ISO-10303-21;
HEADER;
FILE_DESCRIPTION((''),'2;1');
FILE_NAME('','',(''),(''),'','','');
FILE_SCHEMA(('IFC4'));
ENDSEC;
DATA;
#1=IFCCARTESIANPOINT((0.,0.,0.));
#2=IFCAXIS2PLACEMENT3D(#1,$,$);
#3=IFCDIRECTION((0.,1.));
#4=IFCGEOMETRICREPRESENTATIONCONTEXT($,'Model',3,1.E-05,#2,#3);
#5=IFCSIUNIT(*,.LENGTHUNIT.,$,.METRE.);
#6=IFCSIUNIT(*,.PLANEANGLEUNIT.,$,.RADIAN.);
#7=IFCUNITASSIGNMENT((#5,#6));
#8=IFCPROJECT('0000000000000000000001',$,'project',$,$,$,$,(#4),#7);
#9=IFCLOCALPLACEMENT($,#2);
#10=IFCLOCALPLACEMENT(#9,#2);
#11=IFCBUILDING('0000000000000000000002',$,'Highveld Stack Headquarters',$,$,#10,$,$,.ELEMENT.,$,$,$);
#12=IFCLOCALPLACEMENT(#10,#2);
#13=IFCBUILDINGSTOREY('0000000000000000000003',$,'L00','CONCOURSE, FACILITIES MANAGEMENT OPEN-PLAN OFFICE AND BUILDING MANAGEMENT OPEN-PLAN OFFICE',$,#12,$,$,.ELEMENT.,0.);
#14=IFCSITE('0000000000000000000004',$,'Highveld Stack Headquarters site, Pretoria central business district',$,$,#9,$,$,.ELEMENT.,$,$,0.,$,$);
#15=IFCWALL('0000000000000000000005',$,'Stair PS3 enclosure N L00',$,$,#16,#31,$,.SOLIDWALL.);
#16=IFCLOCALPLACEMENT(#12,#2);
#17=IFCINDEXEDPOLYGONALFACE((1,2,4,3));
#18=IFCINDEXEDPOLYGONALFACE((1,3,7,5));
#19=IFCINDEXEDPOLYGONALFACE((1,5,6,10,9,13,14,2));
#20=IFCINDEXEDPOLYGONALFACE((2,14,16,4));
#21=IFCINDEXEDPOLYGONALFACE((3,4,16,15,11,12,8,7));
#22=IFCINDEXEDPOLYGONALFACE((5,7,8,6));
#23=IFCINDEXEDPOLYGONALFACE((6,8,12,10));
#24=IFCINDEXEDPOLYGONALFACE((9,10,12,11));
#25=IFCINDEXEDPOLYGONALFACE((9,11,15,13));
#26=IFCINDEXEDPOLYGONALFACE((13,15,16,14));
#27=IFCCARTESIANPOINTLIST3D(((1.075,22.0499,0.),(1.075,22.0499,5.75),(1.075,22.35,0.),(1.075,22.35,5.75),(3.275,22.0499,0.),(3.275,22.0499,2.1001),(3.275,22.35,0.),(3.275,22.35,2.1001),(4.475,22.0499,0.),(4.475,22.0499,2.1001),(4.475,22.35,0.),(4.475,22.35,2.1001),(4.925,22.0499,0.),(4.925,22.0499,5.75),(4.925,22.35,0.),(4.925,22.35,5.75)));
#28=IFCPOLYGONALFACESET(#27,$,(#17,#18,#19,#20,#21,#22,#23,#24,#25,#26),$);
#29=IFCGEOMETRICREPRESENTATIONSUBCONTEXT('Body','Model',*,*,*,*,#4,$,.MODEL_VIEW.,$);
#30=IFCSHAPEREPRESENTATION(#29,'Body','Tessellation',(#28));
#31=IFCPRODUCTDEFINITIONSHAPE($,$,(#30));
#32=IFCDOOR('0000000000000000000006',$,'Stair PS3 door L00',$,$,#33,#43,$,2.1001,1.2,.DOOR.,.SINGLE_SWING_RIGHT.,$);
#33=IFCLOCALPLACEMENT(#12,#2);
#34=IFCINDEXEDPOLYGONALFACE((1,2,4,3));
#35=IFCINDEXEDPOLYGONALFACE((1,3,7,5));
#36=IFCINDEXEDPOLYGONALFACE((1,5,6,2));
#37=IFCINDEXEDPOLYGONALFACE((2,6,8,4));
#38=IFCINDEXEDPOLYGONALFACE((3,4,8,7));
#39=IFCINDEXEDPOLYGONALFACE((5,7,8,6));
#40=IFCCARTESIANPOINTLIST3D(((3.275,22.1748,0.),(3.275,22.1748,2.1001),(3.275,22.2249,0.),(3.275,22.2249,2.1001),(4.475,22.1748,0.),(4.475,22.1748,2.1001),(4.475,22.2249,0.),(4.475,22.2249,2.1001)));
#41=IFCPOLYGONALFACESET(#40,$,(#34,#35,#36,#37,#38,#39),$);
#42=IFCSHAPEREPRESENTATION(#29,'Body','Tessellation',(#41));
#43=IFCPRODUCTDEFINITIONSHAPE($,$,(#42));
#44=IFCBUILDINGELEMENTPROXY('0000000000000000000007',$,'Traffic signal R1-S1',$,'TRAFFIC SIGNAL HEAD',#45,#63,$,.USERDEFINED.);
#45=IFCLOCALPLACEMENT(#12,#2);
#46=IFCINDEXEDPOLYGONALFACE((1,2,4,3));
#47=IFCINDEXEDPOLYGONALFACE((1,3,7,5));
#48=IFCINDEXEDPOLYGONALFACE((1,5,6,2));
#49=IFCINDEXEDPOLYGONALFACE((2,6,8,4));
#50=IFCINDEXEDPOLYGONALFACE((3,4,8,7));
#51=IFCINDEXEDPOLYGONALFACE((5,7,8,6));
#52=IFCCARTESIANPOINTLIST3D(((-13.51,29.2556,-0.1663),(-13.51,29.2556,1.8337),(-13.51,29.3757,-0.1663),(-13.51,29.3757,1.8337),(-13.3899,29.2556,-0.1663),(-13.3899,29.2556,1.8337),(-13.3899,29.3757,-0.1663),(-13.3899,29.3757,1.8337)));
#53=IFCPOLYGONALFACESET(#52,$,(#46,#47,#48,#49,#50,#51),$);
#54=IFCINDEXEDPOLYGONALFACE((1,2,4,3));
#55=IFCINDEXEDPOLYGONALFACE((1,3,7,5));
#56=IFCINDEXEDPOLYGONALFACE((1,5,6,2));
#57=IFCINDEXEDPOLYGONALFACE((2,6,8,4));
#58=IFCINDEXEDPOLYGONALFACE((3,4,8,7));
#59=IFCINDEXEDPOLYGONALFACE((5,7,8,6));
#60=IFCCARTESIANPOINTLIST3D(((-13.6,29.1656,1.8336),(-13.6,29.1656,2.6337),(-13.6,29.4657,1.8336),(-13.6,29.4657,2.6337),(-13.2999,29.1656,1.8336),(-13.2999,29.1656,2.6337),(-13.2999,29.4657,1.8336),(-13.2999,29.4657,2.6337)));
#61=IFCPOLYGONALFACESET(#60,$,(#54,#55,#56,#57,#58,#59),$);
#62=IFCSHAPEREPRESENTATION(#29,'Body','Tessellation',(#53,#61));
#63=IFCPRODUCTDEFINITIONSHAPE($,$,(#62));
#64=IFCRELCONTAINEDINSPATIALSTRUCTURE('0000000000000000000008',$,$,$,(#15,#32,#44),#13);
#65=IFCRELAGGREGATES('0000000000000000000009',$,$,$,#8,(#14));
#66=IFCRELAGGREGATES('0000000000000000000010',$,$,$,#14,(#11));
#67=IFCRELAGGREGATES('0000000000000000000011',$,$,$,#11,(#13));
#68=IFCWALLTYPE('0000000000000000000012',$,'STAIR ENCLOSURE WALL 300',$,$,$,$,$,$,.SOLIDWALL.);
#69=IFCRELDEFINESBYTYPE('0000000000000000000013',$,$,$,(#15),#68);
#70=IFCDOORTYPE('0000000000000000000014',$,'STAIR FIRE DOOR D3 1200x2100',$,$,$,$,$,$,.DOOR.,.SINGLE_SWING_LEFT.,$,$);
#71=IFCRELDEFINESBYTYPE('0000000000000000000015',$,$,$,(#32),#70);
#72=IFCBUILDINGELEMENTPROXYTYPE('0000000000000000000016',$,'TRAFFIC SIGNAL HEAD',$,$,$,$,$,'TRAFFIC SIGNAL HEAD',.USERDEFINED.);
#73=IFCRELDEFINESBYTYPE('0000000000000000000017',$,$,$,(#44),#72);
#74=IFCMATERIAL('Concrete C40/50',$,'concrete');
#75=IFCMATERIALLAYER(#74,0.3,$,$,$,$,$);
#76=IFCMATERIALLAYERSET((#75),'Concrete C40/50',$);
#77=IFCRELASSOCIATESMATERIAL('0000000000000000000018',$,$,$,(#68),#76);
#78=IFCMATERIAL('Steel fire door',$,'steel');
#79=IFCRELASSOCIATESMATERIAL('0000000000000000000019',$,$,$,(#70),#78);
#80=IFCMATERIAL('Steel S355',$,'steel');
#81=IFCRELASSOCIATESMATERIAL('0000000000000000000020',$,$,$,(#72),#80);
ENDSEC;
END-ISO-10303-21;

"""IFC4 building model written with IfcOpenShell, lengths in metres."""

from ifc_helpers import new_model, si_unit, direction, frame, frame_2d, origin, origin_2d, place, context, subcontext, project, spatial, rectangle, extrude, material, layer, layer_set, type_object, element, fill, save


model = new_model("IFC4")

# Units and contexts
model_context = context("Model", 3, precision=1e-05, world=origin(), true_north=direction((0.0, 1.0)))
body_context = subcontext(model_context, "Body", "Model", "MODEL_VIEW")
ifc_project = project(units=[si_unit("LENGTHUNIT", "METRE"), si_unit("PLANEANGLEUNIT", "RADIAN")], contexts=[model_context])

# Site, building, storey
site_placement = place(None, origin())
site = spatial("IfcSite", under=ifc_project, at=site_placement, Name="Highveld Stack Headquarters site, Pretoria central business district", CompositionType="ELEMENT", RefElevation=0.0)
building_placement = place(site_placement, origin())
building = spatial("IfcBuilding", under=site, at=building_placement, Name="Highveld Stack Headquarters", CompositionType="ELEMENT")
storey_placement = place(building_placement, origin())
storey = spatial("IfcBuildingStorey", under=building, at=storey_placement, Name="L00", Description="CONCOURSE, FACILITIES MANAGEMENT OPEN-PLAN OFFICE AND BUILDING MANAGEMENT OPEN-PLAN OFFICE", CompositionType="ELEMENT", Elevation=0.0)

# Wall, opening, door
ifc_material_1 = material(Name="Concrete C40/50", Category="concrete")
ifc_layer_1 = layer(ifc_material_1, 0.3)
ifc_layer_set_1 = layer_set([ifc_layer_1], Name="Concrete C40/50")
wall_type_1 = type_object("IfcWallType", Name="STAIR ENCLOSURE WALL 300", PredefinedType="SOLIDWALL", material=ifc_layer_set_1)
wall_1_placement = place(storey_placement, frame((1.075, 22.2, 0.0), z_axis=(0.0, 0.0, 1.0), x_axis=(1.0, 0.0, 0.0)))
wall_1 = element("IfcWall", 1, at=wall_1_placement, inside=storey, type_object=wall_type_1, Name="Stair PS3 enclosure N L00", PredefinedType="SOLIDWALL", context=body_context, shape_type="SweptSolid", body=[
    extrude(rectangle(XDim=3.8501, YDim=0.3, at=frame_2d((1.925, 0.0))), origin(), (0.0, 0.0, 1.0), 5.75),
])
opening_placement = place(wall_1_placement, frame((2.2, 0.0, 0.0)))
opening = element("IfcOpeningElement", 2, at=opening_placement, cuts=wall_1, PredefinedType="OPENING", context=body_context, shape_type="SweptSolid", body=[
    extrude(rectangle(XDim=1.2, YDim=2.1001, at=frame_2d((0.6001, 1.05))), frame((0.0, 0.1599, 0.0), z_axis=(0.0, -1.0, 0.0), x_axis=(1.0, 0.0, 0.0)), (0.0, 0.0, 1.0), 0.3201),
])
ifc_material_2 = material(Name="Steel fire door", Category="steel")
door_type = type_object("IfcDoorType", Name="STAIR FIRE DOOR D3 1200x2100", OperationType="SINGLE_SWING_LEFT", PredefinedType="DOOR", material=ifc_material_2)
door_placement = place(opening_placement, origin())
door = element("IfcDoor", 3, at=door_placement, inside=storey, type_object=door_type, Name="Stair PS3 door L00", OperationType="SINGLE_SWING_RIGHT", OverallHeight=2.1001, OverallWidth=1.2, PredefinedType="DOOR", context=body_context, shape_type="SweptSolid", body=[
    extrude(rectangle(XDim=1.2, YDim=2.1001, at=frame_2d((0.6001, 1.05))), frame((0.0, 0.0249, 0.0), z_axis=(0.0, -1.0, 0.0), x_axis=(1.0, 0.0, 0.0)), (0.0, 0.0, 1.0), 0.05),
])
fill(opening, door)

# Building element proxy
ifc_material_3 = material(Name="Steel S355", Category="steel")
building_element_proxy_type = type_object("IfcBuildingElementProxyType", Name="TRAFFIC SIGNAL HEAD", ElementType="TRAFFIC SIGNAL HEAD", PredefinedType="USERDEFINED", material=ifc_material_3)
proxy_placement = place(storey_placement, frame((-13.45, 29.3157, -0.1663), z_axis=(0.0, 0.0, 1.0), x_axis=(1.0, 0.0, 0.0)))
element("IfcBuildingElementProxy", 4, at=proxy_placement, inside=storey, type_object=building_element_proxy_type, Name="Traffic signal R1-S1", ObjectType="TRAFFIC SIGNAL HEAD", PredefinedType="USERDEFINED", context=body_context, shape_type="SweptSolid", body=[
    extrude(rectangle(XDim=0.1201, YDim=0.1201, at=origin_2d()), origin(), (0.0, 0.0, 1.0), 2.0),
    extrude(rectangle(XDim=0.3, YDim=0.3, at=origin_2d()), frame((0.0, 0.0, 1.9999)), (0.0, 0.0, 1.0), 0.8),
])

save(model, "model.ifc")
